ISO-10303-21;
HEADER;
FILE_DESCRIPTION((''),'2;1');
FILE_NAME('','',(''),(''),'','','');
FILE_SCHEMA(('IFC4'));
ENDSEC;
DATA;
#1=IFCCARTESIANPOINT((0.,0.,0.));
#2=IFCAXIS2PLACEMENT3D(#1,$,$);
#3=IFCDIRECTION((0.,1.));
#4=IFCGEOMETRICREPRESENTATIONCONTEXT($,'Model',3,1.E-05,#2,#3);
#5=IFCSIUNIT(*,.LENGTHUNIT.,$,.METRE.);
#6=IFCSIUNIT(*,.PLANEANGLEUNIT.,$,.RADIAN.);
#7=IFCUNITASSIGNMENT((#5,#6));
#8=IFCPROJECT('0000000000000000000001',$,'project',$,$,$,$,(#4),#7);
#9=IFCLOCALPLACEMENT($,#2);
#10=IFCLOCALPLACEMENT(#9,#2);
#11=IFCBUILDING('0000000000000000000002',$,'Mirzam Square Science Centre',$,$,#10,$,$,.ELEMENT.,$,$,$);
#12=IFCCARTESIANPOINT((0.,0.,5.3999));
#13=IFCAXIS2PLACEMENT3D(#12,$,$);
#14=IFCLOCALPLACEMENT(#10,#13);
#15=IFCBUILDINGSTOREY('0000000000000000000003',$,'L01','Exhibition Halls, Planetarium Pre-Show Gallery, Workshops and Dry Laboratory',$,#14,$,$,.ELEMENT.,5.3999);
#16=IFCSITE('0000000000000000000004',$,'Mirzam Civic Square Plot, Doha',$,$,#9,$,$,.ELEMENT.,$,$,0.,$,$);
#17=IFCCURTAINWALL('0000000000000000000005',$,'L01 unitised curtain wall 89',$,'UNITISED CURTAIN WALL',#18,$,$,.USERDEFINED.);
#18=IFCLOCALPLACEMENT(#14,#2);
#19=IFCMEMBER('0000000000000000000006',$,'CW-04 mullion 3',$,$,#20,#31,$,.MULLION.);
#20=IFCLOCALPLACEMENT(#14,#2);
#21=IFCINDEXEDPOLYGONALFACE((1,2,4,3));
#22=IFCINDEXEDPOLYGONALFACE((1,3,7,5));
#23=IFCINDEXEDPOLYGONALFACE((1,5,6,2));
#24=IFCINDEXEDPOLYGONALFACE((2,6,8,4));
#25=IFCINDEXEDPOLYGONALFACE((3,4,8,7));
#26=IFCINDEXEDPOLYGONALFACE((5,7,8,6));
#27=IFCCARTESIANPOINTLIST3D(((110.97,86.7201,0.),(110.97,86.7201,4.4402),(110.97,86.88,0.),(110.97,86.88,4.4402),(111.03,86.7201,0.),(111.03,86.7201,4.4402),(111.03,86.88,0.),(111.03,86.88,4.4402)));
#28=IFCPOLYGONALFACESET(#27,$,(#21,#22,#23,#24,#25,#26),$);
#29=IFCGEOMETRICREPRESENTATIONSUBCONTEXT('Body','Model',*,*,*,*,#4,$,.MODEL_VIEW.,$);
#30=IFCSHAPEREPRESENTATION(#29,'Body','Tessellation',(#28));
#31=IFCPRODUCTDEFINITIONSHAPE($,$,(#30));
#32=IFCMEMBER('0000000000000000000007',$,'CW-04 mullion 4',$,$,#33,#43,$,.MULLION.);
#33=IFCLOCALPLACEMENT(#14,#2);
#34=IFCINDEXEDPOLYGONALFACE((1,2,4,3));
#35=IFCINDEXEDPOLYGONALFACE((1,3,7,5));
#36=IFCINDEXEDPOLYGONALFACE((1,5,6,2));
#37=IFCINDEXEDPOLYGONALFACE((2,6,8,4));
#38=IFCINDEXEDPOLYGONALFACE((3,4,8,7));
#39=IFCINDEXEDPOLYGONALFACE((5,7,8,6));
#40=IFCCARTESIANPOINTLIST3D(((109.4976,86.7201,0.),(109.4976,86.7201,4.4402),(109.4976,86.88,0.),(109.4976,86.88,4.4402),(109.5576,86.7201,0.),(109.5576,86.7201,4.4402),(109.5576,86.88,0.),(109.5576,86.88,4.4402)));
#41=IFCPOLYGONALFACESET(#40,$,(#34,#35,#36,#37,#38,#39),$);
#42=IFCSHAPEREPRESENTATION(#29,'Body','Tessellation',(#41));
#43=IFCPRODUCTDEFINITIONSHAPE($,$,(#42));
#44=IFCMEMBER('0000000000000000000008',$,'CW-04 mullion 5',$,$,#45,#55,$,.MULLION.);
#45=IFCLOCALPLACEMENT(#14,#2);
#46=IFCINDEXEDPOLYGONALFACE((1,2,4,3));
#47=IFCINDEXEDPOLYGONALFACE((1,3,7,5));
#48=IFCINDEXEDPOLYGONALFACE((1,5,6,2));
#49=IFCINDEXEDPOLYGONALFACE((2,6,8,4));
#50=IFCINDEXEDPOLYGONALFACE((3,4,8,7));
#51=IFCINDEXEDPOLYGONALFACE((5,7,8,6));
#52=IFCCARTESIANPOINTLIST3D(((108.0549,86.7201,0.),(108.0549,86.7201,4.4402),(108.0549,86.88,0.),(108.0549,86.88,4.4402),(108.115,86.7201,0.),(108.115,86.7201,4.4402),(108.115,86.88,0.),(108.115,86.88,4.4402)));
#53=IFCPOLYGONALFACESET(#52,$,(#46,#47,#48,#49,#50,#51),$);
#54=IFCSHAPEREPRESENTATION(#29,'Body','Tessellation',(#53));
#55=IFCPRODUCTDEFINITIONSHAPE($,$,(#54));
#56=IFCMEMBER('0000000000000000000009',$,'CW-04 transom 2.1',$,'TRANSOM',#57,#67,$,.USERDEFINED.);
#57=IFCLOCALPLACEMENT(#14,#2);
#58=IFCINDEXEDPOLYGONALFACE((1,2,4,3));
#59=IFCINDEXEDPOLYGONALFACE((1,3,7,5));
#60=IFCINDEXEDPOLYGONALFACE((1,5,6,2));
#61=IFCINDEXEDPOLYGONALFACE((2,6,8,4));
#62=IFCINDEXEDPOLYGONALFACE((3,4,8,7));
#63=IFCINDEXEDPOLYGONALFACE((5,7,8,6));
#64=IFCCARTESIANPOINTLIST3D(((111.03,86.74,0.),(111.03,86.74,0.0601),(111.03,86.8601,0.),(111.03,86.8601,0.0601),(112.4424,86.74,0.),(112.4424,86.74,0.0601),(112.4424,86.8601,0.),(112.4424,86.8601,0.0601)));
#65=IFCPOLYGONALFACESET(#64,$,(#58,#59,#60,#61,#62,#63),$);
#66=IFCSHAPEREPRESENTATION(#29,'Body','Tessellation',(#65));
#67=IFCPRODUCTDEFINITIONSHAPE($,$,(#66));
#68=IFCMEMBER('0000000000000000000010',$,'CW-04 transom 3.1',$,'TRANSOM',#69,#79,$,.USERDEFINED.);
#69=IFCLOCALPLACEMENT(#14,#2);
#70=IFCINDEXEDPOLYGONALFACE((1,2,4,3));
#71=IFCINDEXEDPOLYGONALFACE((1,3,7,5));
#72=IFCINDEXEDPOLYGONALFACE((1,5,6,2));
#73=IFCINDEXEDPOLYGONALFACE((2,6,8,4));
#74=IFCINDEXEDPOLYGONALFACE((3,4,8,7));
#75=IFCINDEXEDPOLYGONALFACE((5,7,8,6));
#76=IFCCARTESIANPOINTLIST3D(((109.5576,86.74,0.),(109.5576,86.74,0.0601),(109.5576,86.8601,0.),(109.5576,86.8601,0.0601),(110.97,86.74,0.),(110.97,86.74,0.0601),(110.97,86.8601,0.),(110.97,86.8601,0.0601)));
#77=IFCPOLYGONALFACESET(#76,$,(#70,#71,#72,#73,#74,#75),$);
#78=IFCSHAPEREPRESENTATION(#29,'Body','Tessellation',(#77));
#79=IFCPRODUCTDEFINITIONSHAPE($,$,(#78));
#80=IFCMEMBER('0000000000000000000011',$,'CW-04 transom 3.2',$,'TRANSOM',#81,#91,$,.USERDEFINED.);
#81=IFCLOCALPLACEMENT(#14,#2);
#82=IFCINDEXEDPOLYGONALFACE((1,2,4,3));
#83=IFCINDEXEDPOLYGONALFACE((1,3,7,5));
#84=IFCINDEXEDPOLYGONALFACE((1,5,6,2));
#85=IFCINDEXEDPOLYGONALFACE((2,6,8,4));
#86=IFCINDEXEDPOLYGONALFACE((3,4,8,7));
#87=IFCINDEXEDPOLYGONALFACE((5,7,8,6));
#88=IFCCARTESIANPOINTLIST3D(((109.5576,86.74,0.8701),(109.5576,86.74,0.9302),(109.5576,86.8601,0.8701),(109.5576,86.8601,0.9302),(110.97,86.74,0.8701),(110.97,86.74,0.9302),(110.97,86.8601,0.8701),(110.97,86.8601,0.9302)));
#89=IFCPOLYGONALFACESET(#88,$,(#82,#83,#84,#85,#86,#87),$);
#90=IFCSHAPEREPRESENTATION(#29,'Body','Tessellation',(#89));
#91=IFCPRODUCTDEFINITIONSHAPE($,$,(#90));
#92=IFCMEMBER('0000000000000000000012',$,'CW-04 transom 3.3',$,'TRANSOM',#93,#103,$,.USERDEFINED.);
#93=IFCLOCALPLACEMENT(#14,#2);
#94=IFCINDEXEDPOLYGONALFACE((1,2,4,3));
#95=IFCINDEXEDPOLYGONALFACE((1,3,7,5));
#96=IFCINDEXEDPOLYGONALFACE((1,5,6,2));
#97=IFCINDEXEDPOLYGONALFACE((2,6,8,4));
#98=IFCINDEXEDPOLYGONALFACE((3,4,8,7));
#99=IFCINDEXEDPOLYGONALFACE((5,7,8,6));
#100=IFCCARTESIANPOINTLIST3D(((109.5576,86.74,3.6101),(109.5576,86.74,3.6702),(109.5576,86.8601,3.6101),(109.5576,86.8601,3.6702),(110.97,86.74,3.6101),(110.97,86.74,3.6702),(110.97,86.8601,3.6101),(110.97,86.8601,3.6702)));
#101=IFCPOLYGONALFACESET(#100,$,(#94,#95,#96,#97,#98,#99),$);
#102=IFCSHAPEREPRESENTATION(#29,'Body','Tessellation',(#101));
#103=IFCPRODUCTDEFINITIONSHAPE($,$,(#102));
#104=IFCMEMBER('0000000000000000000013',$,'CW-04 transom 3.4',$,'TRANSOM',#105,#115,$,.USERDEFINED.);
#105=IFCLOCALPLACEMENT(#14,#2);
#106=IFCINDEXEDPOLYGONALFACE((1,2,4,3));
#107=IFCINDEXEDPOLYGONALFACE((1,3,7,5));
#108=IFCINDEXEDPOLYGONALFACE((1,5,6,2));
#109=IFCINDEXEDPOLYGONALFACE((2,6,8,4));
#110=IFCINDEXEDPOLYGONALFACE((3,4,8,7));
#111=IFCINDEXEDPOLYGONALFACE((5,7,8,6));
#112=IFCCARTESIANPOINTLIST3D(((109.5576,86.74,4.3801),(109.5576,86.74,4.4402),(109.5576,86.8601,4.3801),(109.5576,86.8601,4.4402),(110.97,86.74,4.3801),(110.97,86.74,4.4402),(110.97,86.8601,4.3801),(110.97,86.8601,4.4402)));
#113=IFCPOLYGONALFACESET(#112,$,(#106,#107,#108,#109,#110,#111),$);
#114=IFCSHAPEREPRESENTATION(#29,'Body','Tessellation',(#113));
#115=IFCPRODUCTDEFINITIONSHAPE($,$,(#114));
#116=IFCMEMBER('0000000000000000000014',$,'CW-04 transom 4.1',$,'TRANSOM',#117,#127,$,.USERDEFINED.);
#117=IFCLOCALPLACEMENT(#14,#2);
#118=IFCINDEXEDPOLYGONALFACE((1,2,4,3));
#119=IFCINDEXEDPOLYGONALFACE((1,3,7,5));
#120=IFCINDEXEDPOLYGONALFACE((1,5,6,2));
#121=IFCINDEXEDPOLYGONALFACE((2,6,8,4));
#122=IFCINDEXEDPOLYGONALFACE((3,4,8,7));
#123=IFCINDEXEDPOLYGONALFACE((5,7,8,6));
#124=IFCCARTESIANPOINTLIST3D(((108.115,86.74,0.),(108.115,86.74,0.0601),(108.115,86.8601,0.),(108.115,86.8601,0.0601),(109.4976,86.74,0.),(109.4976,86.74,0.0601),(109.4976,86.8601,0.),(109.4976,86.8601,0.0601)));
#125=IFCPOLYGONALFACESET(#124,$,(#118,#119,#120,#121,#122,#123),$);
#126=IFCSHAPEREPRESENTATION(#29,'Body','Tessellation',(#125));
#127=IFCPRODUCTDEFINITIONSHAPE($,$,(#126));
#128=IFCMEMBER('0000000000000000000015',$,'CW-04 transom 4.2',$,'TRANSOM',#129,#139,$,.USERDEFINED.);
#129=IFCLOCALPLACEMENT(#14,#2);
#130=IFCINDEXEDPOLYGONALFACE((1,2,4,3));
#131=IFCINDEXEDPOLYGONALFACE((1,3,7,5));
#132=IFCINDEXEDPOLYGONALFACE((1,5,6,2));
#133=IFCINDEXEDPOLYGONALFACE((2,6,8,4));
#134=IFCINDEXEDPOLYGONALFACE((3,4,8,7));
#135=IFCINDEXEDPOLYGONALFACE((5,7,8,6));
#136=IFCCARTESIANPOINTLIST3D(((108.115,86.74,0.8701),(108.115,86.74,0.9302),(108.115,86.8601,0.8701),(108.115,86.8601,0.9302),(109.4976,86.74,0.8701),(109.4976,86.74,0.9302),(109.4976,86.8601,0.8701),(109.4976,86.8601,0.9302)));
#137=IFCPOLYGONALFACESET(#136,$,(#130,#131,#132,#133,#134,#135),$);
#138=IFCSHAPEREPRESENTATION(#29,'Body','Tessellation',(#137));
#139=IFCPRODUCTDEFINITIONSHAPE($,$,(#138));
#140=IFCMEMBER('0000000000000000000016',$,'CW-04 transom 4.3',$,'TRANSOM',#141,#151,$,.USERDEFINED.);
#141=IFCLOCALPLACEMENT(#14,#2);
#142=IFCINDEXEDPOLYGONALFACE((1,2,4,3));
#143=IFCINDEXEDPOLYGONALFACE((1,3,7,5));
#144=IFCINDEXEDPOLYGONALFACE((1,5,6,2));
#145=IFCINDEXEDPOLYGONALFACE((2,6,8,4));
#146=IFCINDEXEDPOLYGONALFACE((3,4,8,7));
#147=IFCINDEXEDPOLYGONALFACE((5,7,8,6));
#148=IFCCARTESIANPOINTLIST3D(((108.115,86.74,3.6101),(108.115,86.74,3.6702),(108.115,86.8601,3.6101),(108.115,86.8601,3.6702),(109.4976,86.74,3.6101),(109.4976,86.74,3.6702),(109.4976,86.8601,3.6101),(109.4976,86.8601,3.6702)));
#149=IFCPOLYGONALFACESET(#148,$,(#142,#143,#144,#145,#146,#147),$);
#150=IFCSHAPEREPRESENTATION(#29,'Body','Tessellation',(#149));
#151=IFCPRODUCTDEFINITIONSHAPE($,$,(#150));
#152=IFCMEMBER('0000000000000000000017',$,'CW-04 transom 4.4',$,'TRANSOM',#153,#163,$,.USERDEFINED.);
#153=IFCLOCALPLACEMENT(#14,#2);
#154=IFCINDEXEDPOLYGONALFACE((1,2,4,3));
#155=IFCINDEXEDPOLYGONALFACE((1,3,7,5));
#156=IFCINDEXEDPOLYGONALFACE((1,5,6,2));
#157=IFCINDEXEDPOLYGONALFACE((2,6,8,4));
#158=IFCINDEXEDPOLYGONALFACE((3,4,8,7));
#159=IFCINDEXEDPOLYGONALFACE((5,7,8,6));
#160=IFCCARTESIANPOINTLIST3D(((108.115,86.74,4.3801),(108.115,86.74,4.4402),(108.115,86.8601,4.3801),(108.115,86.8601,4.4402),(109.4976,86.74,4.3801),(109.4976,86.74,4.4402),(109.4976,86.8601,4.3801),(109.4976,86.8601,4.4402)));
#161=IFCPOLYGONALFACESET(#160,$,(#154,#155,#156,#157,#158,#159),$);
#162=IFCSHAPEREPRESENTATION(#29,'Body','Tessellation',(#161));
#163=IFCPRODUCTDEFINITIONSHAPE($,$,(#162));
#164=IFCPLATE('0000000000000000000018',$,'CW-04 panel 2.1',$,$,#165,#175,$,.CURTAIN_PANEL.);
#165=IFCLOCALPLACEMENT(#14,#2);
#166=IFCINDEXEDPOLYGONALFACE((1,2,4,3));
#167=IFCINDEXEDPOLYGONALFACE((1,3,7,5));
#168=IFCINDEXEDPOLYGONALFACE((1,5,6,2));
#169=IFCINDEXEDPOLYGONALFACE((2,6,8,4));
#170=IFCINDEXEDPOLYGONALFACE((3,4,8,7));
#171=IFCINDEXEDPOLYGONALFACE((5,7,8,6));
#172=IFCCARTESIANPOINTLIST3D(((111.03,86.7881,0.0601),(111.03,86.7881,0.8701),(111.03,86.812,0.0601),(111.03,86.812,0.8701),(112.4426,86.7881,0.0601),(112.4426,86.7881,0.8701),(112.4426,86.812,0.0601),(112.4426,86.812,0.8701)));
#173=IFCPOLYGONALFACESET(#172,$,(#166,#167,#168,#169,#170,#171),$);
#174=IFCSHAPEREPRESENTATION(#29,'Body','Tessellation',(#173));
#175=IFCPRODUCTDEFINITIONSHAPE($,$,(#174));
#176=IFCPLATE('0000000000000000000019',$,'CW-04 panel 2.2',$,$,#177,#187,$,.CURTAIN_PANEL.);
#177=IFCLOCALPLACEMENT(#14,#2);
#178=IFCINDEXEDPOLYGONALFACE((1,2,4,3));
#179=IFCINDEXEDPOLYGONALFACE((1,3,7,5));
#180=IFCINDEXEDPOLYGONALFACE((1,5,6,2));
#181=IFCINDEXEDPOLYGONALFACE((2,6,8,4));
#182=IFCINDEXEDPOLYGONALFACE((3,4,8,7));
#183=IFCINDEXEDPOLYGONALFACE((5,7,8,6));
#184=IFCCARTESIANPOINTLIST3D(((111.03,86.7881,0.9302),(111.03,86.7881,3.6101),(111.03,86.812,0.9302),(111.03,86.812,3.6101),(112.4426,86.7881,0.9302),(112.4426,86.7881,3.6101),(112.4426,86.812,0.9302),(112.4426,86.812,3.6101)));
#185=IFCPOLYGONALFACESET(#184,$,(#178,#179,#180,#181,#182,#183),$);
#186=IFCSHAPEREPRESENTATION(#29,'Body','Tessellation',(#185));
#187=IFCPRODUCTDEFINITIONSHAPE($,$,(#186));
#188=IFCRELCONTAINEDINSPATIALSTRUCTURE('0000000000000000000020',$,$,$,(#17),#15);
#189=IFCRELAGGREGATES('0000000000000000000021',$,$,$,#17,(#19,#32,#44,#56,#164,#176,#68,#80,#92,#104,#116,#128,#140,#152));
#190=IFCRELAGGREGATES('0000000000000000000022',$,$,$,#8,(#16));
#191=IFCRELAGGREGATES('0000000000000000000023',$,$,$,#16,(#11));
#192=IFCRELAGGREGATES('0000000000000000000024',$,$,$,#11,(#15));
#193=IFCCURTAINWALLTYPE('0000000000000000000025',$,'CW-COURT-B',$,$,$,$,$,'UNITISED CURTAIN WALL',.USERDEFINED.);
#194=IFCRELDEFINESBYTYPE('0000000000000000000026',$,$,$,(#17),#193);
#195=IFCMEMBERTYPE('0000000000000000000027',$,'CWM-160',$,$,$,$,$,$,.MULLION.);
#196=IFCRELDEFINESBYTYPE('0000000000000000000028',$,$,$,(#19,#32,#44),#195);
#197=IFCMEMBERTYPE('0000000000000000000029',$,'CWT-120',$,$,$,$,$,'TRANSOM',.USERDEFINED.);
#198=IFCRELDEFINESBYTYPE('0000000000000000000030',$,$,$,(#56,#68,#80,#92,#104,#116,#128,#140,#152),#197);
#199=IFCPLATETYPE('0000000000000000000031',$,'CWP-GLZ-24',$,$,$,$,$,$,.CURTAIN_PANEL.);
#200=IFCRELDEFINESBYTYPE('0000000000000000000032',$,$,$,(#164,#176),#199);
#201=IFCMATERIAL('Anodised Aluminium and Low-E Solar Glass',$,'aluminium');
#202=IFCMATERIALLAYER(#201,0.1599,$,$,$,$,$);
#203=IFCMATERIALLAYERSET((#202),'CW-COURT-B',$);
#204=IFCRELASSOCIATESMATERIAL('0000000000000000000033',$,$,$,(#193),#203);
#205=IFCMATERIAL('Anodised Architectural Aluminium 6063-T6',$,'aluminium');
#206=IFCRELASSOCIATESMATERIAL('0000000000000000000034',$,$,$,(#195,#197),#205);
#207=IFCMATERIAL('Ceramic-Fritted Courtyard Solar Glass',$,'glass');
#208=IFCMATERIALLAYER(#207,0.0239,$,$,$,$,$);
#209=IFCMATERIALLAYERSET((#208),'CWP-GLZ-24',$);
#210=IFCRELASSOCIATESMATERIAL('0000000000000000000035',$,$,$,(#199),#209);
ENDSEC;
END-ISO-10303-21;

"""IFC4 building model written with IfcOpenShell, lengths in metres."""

from ifc_helpers import new_model, si_unit, direction, frame, origin, origin_2d, place, context, subcontext, project, spatial, rectangle, extrude, material, layer, layer_set, material_profile, profile_set, type_object, element, aggregate, save


model = new_model("IFC4")

# Units and contexts
model_context = context("Model", 3, precision=1e-05, world=origin(), true_north=direction((0.0, 1.0)))
body_context = subcontext(model_context, "Body", "Model", "MODEL_VIEW")
ifc_project = project(units=[si_unit("LENGTHUNIT", "METRE"), si_unit("PLANEANGLEUNIT", "RADIAN")], contexts=[model_context])

# Site, building, storey
site_placement = place(None, origin())
site = spatial("IfcSite", under=ifc_project, at=site_placement, Name="Mirzam Civic Square Plot, Doha", CompositionType="ELEMENT", RefElevation=0.0)
building_placement = place(site_placement, origin())
building = spatial("IfcBuilding", under=site, at=building_placement, Name="Mirzam Square Science Centre", CompositionType="ELEMENT")
storey_placement = place(building_placement, frame((0.0, 0.0, 5.3999)))
storey = spatial("IfcBuildingStorey", under=building, at=storey_placement, Name="L01", Description="Exhibition Halls, Planetarium Pre-Show Gallery, Workshops and Dry Laboratory", CompositionType="ELEMENT", Elevation=5.3999)

# Curtain wall, members, plates
ifc_material_1 = material(Name="Anodised Aluminium and Low-E Solar Glass", Category="aluminium")
ifc_layer_1 = layer(ifc_material_1, 0.1599)
ifc_layer_set_1 = layer_set([ifc_layer_1], Name="CW-COURT-B")
curtain_wall_type = type_object("IfcCurtainWallType", Name="CW-COURT-B", ElementType="UNITISED CURTAIN WALL", PredefinedType="USERDEFINED", material=ifc_layer_set_1)
curtain_wall_placement = place(storey_placement, origin())
curtain_wall = element("IfcCurtainWall", 1, at=curtain_wall_placement, inside=storey, type_object=curtain_wall_type, Name="L01 unitised curtain wall 89", ObjectType="UNITISED CURTAIN WALL", PredefinedType="USERDEFINED")
ifc_material_2 = material(Name="Anodised Architectural Aluminium 6063-T6", Category="aluminium")
ifc_material_profile_1 = material_profile(ifc_material_2, rectangle(XDim=0.0601, YDim=0.1599, at=origin_2d()), Name="ALU-MULL-160x60x4")
ifc_profile_set_1 = profile_set([ifc_material_profile_1], Name="Anodised Architectural Aluminium 6063-T6")
member_type_1 = type_object("IfcMemberType", Name="CWM-160", PredefinedType="MULLION", material=ifc_profile_set_1)
member_1_placement = place(storey_placement, frame((111.0, 86.8, 0.0), z_axis=(0.0, 0.0, 1.0), x_axis=(-1.0, 0.0, 0.0)))
member_1 = element("IfcMember", 2, at=member_1_placement, type_object=member_type_1, Name="CW-04 mullion 3", PredefinedType="MULLION", context=body_context, shape_type="SweptSolid", body=[
    extrude(rectangle(XDim=0.0601, YDim=0.1599, at=origin_2d()), origin(), (0.0, 0.0, 1.0), 4.4402),
])
member_2_placement = place(storey_placement, frame((109.5276, 86.8, 0.0), z_axis=(0.0, 0.0, 1.0), x_axis=(-1.0, 0.0, 0.0)))
member_2 = element("IfcMember", 3, at=member_2_placement, type_object=member_type_1, Name="CW-04 mullion 4", PredefinedType="MULLION", context=body_context, shape_type="SweptSolid", body=[
    extrude(rectangle(XDim=0.0601, YDim=0.1599, at=origin_2d()), origin(), (0.0, 0.0, 1.0), 4.4402),
])
member_3_placement = place(storey_placement, frame((108.085, 86.8, 0.0), z_axis=(0.0, 0.0, 1.0), x_axis=(-1.0, 0.0, 0.0)))
member_3 = element("IfcMember", 4, at=member_3_placement, type_object=member_type_1, Name="CW-04 mullion 5", PredefinedType="MULLION", context=body_context, shape_type="SweptSolid", body=[
    extrude(rectangle(XDim=0.0601, YDim=0.1599, at=origin_2d()), origin(), (0.0, 0.0, 1.0), 4.4402),
])
ifc_material_profile_2 = material_profile(ifc_material_2, rectangle(XDim=0.1201, YDim=0.0601, at=origin_2d()), Name="ALU-TRAN-120x60x4")
ifc_profile_set_2 = profile_set([ifc_material_profile_2], Name="Anodised Architectural Aluminium 6063-T6")
member_type_2 = type_object("IfcMemberType", Name="CWT-120", ElementType="TRANSOM", PredefinedType="USERDEFINED", material=ifc_profile_set_2)
member_4_placement = place(storey_placement, frame((112.4424, 86.8, 0.03), z_axis=(-1.0, 0.0, 0.0), x_axis=(0.0, -1.0, 0.0)))
member_4 = element("IfcMember", 5, at=member_4_placement, type_object=member_type_2, Name="CW-04 transom 2.1", ObjectType="TRANSOM", PredefinedType="USERDEFINED", context=body_context, shape_type="SweptSolid", body=[
    extrude(rectangle(XDim=0.1201, YDim=0.0601, at=origin_2d()), origin(), (0.0, 0.0, 1.0), 1.4124),
])
member_5_placement = place(storey_placement, frame((110.97, 86.8, 0.03), z_axis=(-1.0, 0.0, 0.0), x_axis=(0.0, -1.0, 0.0)))
member_5 = element("IfcMember", 6, at=member_5_placement, type_object=member_type_2, Name="CW-04 transom 3.1", ObjectType="TRANSOM", PredefinedType="USERDEFINED", context=body_context, shape_type="SweptSolid", body=[
    extrude(rectangle(XDim=0.1201, YDim=0.0601, at=origin_2d()), origin(), (0.0, 0.0, 1.0), 1.4124),
])
member_6_placement = place(storey_placement, frame((110.97, 86.8, 0.9001), z_axis=(-1.0, 0.0, 0.0), x_axis=(0.0, -1.0, 0.0)))
member_6 = element("IfcMember", 7, at=member_6_placement, type_object=member_type_2, Name="CW-04 transom 3.2", ObjectType="TRANSOM", PredefinedType="USERDEFINED", context=body_context, shape_type="SweptSolid", body=[
    extrude(rectangle(XDim=0.1201, YDim=0.0601, at=origin_2d()), origin(), (0.0, 0.0, 1.0), 1.4124),
])
member_7_placement = place(storey_placement, frame((110.97, 86.8, 3.6401), z_axis=(-1.0, 0.0, 0.0), x_axis=(0.0, -1.0, 0.0)))
member_7 = element("IfcMember", 8, at=member_7_placement, type_object=member_type_2, Name="CW-04 transom 3.3", ObjectType="TRANSOM", PredefinedType="USERDEFINED", context=body_context, shape_type="SweptSolid", body=[
    extrude(rectangle(XDim=0.1201, YDim=0.0601, at=origin_2d()), origin(), (0.0, 0.0, 1.0), 1.4124),
])
member_8_placement = place(storey_placement, frame((110.97, 86.8, 4.4102), z_axis=(-1.0, 0.0, 0.0), x_axis=(0.0, -1.0, 0.0)))
member_8 = element("IfcMember", 9, at=member_8_placement, type_object=member_type_2, Name="CW-04 transom 3.4", ObjectType="TRANSOM", PredefinedType="USERDEFINED", context=body_context, shape_type="SweptSolid", body=[
    extrude(rectangle(XDim=0.1201, YDim=0.0601, at=origin_2d()), origin(), (0.0, 0.0, 1.0), 1.4124),
])
member_9_placement = place(storey_placement, frame((109.4976, 86.8, 0.03), z_axis=(-1.0, 0.0, 0.0), x_axis=(0.0, -1.0, 0.0)))
member_9 = element("IfcMember", 10, at=member_9_placement, type_object=member_type_2, Name="CW-04 transom 4.1", ObjectType="TRANSOM", PredefinedType="USERDEFINED", context=body_context, shape_type="SweptSolid", body=[
    extrude(rectangle(XDim=0.1201, YDim=0.0601, at=origin_2d()), origin(), (0.0, 0.0, 1.0), 1.3826),
])
member_10_placement = place(storey_placement, frame((109.4976, 86.8, 0.9001), z_axis=(-1.0, 0.0, 0.0), x_axis=(0.0, -1.0, 0.0)))
member_10 = element("IfcMember", 11, at=member_10_placement, type_object=member_type_2, Name="CW-04 transom 4.2", ObjectType="TRANSOM", PredefinedType="USERDEFINED", context=body_context, shape_type="SweptSolid", body=[
    extrude(rectangle(XDim=0.1201, YDim=0.0601, at=origin_2d()), origin(), (0.0, 0.0, 1.0), 1.3826),
])
member_11_placement = place(storey_placement, frame((109.4976, 86.8, 3.6401), z_axis=(-1.0, 0.0, 0.0), x_axis=(0.0, -1.0, 0.0)))
member_11 = element("IfcMember", 12, at=member_11_placement, type_object=member_type_2, Name="CW-04 transom 4.3", ObjectType="TRANSOM", PredefinedType="USERDEFINED", context=body_context, shape_type="SweptSolid", body=[
    extrude(rectangle(XDim=0.1201, YDim=0.0601, at=origin_2d()), origin(), (0.0, 0.0, 1.0), 1.3826),
])
member_12_placement = place(storey_placement, frame((109.4976, 86.8, 4.4102), z_axis=(-1.0, 0.0, 0.0), x_axis=(0.0, -1.0, 0.0)))
member_12 = element("IfcMember", 13, at=member_12_placement, type_object=member_type_2, Name="CW-04 transom 4.4", ObjectType="TRANSOM", PredefinedType="USERDEFINED", context=body_context, shape_type="SweptSolid", body=[
    extrude(rectangle(XDim=0.1201, YDim=0.0601, at=origin_2d()), origin(), (0.0, 0.0, 1.0), 1.3826),
])
ifc_material_3 = material(Name="Ceramic-Fritted Courtyard Solar Glass", Category="glass")
ifc_layer_2 = layer(ifc_material_3, 0.0239)
ifc_layer_set_2 = layer_set([ifc_layer_2], Name="CWP-GLZ-24")
plate_type = type_object("IfcPlateType", Name="CWP-GLZ-24", PredefinedType="CURTAIN_PANEL", material=ifc_layer_set_2)
plate_1_placement = place(storey_placement, frame((111.7363, 86.8, 0.0601), z_axis=(0.0, 0.0, 1.0), x_axis=(-1.0, 0.0, 0.0)))
plate_1 = element("IfcPlate", 14, at=plate_1_placement, type_object=plate_type, Name="CW-04 panel 2.1", PredefinedType="CURTAIN_PANEL", context=body_context, shape_type="SweptSolid", body=[
    extrude(rectangle(XDim=1.4126, YDim=0.0239, at=origin_2d()), origin(), (0.0, 0.0, 1.0), 0.8101),
])
plate_2_placement = place(storey_placement, frame((111.7363, 86.8, 0.9302), z_axis=(0.0, 0.0, 1.0), x_axis=(-1.0, 0.0, 0.0)))
plate_2 = element("IfcPlate", 15, at=plate_2_placement, type_object=plate_type, Name="CW-04 panel 2.2", PredefinedType="CURTAIN_PANEL", context=body_context, shape_type="SweptSolid", body=[
    extrude(rectangle(XDim=1.4126, YDim=0.0239, at=origin_2d()), origin(), (0.0, 0.0, 1.0), 2.6799),
])
aggregate(curtain_wall, [member_1, member_2, member_3, member_4, plate_1, plate_2, member_5, member_6, member_7, member_8, member_9, member_10, member_11, member_12])

save(model, "model.ifc")
